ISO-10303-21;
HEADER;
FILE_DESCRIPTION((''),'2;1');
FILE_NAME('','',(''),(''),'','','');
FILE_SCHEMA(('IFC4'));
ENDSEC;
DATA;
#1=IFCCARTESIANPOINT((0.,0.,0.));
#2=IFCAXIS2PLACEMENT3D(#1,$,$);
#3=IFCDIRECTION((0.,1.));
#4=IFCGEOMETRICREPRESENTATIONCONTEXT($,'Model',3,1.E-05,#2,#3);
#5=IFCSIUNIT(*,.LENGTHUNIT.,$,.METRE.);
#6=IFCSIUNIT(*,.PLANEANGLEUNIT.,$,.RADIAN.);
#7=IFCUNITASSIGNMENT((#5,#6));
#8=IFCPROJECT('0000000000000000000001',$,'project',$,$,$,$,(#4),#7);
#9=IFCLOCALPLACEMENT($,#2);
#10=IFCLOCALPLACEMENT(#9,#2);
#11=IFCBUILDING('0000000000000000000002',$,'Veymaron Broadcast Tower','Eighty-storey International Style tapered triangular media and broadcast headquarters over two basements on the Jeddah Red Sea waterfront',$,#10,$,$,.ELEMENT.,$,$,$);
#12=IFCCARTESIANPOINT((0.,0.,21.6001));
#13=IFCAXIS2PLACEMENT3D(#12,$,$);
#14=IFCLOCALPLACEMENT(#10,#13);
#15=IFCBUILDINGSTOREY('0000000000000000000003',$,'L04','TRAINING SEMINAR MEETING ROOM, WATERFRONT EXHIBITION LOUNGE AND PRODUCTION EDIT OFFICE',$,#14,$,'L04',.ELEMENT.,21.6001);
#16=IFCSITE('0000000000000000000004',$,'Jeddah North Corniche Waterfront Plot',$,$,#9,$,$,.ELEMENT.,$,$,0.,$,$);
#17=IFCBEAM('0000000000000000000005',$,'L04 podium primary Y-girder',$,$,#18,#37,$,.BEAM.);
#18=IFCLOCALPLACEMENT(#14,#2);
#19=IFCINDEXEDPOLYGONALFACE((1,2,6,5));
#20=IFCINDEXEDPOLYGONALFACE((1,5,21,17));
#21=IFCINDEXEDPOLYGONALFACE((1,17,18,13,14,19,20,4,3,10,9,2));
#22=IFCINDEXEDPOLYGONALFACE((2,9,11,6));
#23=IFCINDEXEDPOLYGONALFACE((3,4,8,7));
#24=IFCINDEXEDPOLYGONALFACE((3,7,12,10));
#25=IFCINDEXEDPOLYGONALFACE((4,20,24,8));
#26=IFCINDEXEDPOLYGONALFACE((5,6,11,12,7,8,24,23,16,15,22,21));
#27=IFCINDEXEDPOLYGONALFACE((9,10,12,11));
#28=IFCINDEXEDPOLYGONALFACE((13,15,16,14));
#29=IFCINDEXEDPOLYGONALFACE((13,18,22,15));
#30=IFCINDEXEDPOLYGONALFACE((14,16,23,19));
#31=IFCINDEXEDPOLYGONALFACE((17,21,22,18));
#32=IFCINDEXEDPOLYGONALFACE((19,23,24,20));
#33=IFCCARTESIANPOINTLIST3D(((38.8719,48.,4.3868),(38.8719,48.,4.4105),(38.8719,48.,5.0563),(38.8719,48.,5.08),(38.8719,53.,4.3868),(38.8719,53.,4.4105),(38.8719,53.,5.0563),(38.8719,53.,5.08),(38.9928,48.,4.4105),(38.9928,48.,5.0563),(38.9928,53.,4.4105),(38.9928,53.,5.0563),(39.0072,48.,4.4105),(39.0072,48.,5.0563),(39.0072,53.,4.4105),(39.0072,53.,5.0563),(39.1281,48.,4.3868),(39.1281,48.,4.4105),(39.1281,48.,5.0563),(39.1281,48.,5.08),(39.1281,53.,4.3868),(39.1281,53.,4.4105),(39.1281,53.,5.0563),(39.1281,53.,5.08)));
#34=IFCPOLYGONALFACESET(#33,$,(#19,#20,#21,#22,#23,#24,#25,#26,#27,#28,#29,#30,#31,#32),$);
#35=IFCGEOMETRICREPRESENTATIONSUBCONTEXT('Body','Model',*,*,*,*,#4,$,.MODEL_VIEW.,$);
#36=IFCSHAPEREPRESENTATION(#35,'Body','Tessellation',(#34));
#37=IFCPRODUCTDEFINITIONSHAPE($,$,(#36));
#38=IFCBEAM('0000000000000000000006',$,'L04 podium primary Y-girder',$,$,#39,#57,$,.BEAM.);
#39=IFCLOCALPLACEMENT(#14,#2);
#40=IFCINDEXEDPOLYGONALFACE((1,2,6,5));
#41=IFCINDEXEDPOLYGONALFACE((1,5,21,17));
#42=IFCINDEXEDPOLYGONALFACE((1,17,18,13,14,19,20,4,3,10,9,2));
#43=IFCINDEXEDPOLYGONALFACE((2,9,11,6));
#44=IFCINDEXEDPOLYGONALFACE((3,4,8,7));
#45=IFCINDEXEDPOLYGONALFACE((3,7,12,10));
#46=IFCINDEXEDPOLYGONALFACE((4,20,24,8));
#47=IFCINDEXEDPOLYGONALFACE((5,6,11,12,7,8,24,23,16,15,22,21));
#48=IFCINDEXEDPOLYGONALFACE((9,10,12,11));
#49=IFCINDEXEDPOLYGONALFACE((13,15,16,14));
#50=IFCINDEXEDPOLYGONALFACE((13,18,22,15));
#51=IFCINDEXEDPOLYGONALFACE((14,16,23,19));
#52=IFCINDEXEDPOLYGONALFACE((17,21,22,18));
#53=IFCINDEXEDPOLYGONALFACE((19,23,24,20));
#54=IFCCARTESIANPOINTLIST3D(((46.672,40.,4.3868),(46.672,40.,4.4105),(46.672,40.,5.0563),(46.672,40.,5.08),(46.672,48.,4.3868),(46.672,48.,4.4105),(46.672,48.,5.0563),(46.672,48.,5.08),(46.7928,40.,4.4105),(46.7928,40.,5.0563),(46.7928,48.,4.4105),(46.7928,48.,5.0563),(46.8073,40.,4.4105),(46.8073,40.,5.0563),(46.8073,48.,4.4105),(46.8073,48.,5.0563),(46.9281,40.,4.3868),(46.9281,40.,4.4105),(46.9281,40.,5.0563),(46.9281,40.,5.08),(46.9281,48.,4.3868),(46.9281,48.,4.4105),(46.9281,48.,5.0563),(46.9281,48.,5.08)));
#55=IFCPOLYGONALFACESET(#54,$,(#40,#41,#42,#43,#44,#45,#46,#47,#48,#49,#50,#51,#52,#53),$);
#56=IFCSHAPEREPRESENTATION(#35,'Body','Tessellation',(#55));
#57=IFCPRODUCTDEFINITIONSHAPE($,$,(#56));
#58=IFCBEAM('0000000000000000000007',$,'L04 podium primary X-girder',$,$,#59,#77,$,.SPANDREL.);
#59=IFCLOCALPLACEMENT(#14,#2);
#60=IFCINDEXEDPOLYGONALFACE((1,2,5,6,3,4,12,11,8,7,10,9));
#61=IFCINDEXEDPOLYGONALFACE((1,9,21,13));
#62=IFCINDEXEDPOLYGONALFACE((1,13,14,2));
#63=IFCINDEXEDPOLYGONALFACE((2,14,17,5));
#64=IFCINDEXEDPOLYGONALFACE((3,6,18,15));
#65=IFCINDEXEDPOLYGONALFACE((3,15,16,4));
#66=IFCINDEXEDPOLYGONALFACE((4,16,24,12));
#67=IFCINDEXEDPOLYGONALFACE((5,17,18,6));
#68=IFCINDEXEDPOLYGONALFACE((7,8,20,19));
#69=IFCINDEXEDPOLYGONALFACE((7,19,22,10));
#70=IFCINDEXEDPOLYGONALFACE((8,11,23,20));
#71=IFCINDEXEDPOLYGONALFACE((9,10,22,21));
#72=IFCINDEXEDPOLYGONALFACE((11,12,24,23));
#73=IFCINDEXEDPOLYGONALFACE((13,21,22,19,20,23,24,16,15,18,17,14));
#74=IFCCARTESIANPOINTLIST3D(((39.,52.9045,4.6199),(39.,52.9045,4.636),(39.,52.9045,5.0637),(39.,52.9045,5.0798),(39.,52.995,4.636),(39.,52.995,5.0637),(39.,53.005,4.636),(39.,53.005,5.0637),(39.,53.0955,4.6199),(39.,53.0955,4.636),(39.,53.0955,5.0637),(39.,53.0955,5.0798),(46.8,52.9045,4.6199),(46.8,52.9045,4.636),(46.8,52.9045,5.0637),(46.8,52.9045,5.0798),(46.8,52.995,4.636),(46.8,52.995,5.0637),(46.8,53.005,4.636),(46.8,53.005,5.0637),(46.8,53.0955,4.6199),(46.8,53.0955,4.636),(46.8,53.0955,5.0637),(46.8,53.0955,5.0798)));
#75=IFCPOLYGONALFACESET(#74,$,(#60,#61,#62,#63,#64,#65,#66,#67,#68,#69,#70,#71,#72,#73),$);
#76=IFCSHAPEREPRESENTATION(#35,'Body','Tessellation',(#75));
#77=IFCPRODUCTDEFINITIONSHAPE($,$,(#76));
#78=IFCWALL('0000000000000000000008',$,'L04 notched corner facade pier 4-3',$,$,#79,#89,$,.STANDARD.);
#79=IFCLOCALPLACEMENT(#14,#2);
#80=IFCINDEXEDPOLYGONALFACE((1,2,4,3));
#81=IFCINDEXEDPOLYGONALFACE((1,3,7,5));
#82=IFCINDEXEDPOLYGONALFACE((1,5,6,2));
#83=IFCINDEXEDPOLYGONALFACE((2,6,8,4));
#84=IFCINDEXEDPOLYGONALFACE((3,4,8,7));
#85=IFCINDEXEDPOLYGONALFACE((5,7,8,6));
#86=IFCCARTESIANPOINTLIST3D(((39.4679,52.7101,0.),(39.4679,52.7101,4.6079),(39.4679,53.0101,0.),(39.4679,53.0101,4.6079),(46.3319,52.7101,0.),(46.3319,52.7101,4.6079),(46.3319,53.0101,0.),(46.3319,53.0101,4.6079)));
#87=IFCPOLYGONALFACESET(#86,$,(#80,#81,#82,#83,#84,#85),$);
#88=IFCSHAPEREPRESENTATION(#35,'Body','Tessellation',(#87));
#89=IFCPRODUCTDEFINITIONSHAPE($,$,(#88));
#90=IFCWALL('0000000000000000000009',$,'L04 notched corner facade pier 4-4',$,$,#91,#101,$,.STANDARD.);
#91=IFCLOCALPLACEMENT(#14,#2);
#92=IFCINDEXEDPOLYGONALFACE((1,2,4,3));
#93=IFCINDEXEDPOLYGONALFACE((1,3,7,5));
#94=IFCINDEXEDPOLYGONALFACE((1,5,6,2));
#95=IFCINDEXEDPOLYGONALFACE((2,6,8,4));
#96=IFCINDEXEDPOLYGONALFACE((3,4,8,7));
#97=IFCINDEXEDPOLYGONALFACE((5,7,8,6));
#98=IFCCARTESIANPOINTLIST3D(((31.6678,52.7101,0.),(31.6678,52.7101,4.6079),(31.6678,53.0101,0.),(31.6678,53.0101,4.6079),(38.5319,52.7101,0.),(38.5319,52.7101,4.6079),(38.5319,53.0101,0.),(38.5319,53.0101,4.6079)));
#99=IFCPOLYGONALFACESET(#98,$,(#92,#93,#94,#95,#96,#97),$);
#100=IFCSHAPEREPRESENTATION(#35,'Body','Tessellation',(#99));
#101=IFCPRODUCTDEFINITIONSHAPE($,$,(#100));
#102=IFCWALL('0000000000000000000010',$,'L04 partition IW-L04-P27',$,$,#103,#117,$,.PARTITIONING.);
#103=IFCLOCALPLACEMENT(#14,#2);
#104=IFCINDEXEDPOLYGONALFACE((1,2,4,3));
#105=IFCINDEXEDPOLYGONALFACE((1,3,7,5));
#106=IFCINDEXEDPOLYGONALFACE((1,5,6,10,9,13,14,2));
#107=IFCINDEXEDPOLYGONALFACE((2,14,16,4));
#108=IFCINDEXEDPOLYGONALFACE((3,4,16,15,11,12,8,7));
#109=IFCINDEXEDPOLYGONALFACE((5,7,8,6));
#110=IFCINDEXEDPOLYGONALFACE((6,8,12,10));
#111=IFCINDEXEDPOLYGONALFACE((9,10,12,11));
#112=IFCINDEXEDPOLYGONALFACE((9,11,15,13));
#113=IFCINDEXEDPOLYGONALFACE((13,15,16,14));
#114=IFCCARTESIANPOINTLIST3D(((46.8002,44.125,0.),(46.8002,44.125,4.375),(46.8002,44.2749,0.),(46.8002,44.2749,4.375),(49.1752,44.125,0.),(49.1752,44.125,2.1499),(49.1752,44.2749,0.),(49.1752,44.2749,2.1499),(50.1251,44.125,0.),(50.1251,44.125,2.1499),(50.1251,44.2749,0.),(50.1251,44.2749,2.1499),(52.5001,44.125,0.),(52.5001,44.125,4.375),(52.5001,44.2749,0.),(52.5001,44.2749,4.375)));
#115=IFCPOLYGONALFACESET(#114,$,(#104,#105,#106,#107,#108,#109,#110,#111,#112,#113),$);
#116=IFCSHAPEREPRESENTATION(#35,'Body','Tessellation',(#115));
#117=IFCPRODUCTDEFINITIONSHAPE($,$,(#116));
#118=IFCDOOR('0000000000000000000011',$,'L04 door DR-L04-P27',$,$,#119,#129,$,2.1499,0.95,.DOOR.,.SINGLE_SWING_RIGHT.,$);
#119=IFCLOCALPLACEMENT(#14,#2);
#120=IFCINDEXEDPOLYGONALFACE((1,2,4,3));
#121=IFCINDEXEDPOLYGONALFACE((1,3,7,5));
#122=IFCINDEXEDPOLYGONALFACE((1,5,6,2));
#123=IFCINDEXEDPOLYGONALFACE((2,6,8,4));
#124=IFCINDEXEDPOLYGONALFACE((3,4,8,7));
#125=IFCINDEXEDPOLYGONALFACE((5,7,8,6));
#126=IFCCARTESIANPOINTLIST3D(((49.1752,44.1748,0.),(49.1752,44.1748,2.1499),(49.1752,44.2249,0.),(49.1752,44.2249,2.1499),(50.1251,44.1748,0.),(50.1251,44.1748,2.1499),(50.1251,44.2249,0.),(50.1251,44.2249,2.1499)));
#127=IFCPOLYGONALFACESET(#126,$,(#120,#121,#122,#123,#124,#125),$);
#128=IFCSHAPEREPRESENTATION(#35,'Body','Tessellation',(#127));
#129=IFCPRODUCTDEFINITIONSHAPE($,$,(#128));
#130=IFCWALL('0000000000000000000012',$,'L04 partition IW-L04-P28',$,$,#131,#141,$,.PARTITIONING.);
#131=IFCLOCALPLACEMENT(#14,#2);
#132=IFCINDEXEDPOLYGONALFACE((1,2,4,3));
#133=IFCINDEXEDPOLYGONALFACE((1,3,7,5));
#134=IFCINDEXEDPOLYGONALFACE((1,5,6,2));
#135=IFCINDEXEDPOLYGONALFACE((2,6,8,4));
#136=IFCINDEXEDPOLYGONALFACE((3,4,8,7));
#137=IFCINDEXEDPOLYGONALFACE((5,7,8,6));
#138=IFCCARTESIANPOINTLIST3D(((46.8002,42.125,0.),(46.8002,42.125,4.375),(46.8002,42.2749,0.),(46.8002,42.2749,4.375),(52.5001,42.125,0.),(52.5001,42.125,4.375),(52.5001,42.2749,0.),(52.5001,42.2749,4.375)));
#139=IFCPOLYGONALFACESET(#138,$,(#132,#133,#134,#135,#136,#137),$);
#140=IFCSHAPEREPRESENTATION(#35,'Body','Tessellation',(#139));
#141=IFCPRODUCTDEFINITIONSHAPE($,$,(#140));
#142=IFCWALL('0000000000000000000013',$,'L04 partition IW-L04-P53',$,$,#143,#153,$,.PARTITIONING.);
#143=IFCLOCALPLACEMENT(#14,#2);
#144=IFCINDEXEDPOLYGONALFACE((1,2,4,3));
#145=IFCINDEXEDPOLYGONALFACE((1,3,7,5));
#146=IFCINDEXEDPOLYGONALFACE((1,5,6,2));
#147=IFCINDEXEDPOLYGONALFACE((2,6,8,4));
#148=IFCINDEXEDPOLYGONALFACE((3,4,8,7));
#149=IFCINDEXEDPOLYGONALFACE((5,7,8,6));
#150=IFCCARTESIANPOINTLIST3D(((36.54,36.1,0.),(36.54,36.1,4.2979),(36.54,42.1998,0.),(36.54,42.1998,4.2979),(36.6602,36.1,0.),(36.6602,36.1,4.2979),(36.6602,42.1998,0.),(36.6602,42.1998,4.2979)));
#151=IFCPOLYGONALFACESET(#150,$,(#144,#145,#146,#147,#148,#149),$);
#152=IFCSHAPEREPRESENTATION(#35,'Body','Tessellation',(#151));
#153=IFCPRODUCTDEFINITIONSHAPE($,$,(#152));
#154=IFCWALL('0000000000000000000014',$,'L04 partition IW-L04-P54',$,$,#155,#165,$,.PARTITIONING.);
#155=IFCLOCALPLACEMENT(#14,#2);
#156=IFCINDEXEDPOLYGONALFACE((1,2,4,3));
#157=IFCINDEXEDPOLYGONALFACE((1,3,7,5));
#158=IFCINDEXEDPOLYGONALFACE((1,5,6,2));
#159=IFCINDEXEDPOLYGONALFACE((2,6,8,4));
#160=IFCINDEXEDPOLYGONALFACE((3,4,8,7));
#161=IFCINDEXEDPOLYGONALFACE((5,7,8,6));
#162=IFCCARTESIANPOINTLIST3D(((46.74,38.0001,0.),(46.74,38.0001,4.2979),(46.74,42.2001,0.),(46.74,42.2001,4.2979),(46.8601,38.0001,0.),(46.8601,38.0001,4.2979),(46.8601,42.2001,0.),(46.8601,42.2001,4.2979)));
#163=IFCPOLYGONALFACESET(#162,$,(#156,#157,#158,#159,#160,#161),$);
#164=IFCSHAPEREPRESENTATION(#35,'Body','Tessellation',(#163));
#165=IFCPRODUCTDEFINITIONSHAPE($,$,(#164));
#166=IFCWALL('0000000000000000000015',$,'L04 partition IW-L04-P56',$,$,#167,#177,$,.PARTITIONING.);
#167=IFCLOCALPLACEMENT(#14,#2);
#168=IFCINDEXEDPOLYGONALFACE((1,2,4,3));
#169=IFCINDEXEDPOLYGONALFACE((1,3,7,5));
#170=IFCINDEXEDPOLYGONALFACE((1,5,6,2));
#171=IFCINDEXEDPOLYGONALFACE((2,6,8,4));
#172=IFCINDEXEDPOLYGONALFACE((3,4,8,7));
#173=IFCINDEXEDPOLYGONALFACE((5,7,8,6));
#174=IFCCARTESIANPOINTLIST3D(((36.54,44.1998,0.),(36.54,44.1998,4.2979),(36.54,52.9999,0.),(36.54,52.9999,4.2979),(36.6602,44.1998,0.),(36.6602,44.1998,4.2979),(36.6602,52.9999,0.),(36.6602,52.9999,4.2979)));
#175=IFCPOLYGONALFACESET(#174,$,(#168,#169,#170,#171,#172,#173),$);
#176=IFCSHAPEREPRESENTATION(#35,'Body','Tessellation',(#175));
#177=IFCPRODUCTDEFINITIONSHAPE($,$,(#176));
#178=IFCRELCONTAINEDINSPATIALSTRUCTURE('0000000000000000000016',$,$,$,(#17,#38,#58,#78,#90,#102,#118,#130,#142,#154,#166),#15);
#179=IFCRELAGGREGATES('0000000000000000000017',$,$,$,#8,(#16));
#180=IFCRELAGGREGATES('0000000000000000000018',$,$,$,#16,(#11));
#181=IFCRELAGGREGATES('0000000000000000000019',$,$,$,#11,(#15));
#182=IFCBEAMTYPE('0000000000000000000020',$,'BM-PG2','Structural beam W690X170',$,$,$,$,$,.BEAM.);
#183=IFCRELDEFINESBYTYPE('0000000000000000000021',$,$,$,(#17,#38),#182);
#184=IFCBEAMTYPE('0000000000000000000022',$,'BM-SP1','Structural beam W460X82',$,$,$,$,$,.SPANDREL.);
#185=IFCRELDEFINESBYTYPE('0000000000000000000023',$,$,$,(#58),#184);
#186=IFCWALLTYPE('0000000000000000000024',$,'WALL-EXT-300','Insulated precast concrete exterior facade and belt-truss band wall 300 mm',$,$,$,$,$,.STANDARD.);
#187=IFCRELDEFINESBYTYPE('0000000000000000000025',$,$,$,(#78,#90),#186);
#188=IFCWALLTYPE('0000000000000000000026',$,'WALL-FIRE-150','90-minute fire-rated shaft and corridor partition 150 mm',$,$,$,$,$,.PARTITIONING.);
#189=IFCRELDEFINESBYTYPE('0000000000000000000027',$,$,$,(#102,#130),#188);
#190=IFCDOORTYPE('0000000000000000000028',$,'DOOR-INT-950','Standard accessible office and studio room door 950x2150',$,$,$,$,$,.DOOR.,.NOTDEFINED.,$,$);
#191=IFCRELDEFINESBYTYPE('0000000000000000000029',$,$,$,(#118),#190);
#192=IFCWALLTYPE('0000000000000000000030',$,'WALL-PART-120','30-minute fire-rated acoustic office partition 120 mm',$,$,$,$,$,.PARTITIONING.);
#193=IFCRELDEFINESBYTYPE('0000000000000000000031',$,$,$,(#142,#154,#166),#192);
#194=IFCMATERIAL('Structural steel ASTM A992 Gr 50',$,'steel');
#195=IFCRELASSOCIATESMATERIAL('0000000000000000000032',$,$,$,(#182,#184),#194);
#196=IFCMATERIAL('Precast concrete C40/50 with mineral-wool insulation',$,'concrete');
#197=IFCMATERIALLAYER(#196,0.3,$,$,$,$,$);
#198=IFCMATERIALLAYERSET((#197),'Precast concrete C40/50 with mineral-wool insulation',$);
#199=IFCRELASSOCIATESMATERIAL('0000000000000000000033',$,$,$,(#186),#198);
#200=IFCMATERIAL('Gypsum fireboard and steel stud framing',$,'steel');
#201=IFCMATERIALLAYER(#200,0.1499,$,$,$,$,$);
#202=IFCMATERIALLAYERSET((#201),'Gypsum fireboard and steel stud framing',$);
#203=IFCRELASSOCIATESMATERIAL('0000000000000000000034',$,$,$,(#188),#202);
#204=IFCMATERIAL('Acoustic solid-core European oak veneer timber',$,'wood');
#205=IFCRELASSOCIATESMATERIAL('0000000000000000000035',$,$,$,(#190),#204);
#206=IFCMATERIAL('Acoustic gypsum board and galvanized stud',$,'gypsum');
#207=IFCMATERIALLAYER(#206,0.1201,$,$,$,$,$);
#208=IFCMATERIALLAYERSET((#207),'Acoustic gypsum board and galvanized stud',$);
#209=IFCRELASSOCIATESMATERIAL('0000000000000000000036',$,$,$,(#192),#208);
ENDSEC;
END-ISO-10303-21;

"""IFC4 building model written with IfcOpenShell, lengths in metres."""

from ifc_helpers import new_model, si_unit, direction, frame, frame_2d, origin, origin_2d, place, context, subcontext, project, spatial, rectangle, i_section, extrude, material, layer, layer_set, material_profile, profile_set, type_object, element, fill, save


model = new_model("IFC4")

# Units and contexts
model_context = context("Model", 3, precision=1e-05, world=origin(), true_north=direction((0.0, 1.0)))
body_context = subcontext(model_context, "Body", "Model", "MODEL_VIEW")
ifc_project = project(units=[si_unit("LENGTHUNIT", "METRE"), si_unit("PLANEANGLEUNIT", "RADIAN")], contexts=[model_context])

# Site, building, storey
site_placement = place(None, origin())
site = spatial("IfcSite", under=ifc_project, at=site_placement, Name="Jeddah North Corniche Waterfront Plot", CompositionType="ELEMENT", RefElevation=0.0)
building_placement = place(site_placement, origin())
building = spatial("IfcBuilding", under=site, at=building_placement, Name="Veymaron Broadcast Tower", Description="Eighty-storey International Style tapered triangular media and broadcast headquarters over two basements on the Jeddah Red Sea waterfront", CompositionType="ELEMENT")
storey_placement = place(building_placement, frame((0.0, 0.0, 21.6001)))
storey = spatial("IfcBuildingStorey", under=building, at=storey_placement, Name="L04", Description="TRAINING SEMINAR MEETING ROOM, WATERFRONT EXHIBITION LOUNGE AND PRODUCTION EDIT OFFICE", LongName="L04", CompositionType="ELEMENT", Elevation=21.6001)

# Beams
ifc_material_1 = material(Name="Structural steel ASTM A992 Gr 50", Category="steel")
ifc_material_profile_1 = material_profile(ifc_material_1, i_section(OverallWidth=0.2561, OverallDepth=0.6931, WebThickness=0.0144, FlangeThickness=0.0237, at=origin_2d()), Name="W690X170")
ifc_profile_set_1 = profile_set([ifc_material_profile_1], Name="Structural steel ASTM A992 Gr 50")
beam_type_1 = type_object("IfcBeamType", Name="BM-PG2", Description="Structural beam W690X170", PredefinedType="BEAM", material=ifc_profile_set_1)
beam_1_placement = place(storey_placement, frame((39.0, 48.0, 4.7334), z_axis=(0.0, 1.0, 0.0), x_axis=(-1.0, 0.0, 0.0)))
element("IfcBeam", 1, at=beam_1_placement, inside=storey, type_object=beam_type_1, Name="L04 podium primary Y-girder", PredefinedType="BEAM", context=body_context, shape_type="SweptSolid", body=[
    extrude(i_section(OverallWidth=0.2561, OverallDepth=0.6931, WebThickness=0.0144, FlangeThickness=0.0237, at=origin_2d()), origin(), (0.0, 0.0, 1.0), 5.0),
])
beam_2_placement = place(storey_placement, frame((46.8, 40.0, 4.7334), z_axis=(0.0, 1.0, 0.0), x_axis=(-1.0, 0.0, 0.0)))
element("IfcBeam", 2, at=beam_2_placement, inside=storey, type_object=beam_type_1, Name="L04 podium primary Y-girder", PredefinedType="BEAM", context=body_context, shape_type="SweptSolid", body=[
    extrude(i_section(OverallWidth=0.2561, OverallDepth=0.6931, WebThickness=0.0144, FlangeThickness=0.0237, at=origin_2d()), origin(), (0.0, 0.0, 1.0), 8.0),
])
ifc_material_profile_2 = material_profile(ifc_material_1, i_section(OverallWidth=0.1909, OverallDepth=0.46, WebThickness=0.01, FlangeThickness=0.0161, at=origin_2d()), Name="W460X82")
ifc_profile_set_2 = profile_set([ifc_material_profile_2], Name="Structural steel ASTM A992 Gr 50")
beam_type_2 = type_object("IfcBeamType", Name="BM-SP1", Description="Structural beam W460X82", PredefinedType="SPANDREL", material=ifc_profile_set_2)
beam_3_placement = place(storey_placement, frame((39.0, 53.0, 4.8499), z_axis=(1.0, 0.0, 0.0), x_axis=(0.0, 1.0, 0.0)))
element("IfcBeam", 3, at=beam_3_placement, inside=storey, type_object=beam_type_2, Name="L04 podium primary X-girder", PredefinedType="SPANDREL", context=body_context, shape_type="SweptSolid", body=[
    extrude(i_section(OverallWidth=0.1909, OverallDepth=0.46, WebThickness=0.01, FlangeThickness=0.0161, at=origin_2d()), origin(), (0.0, 0.0, 1.0), 7.8),
])

# Walls
ifc_material_2 = material(Name="Precast concrete C40/50 with mineral-wool insulation", Category="concrete")
ifc_layer_1 = layer(ifc_material_2, 0.3)
ifc_layer_set_1 = layer_set([ifc_layer_1], Name="Precast concrete C40/50 with mineral-wool insulation")
wall_type_1 = type_object("IfcWallType", Name="WALL-EXT-300", Description="Insulated precast concrete exterior facade and belt-truss band wall 300 mm", PredefinedType="STANDARD", material=ifc_layer_set_1)
for number, where, z_axis, x_axis, name in (
    (4, (46.332, 52.8601, 0.0), (0.0, 0.0, 1.0), (-1.0, 0.0, 0.0), "L04 notched corner facade pier 4-3"),
    (5, (38.532, 52.8601, 0.0), (0.0, 0.0, 1.0), (-1.0, 0.0, 0.0), "L04 notched corner facade pier 4-4"),
):
    element("IfcWall", number, at=place(storey_placement, frame(where, z_axis=z_axis, x_axis=x_axis)), inside=storey, type_object=wall_type_1, Name=name, PredefinedType="STANDARD", context=body_context, shape_type="SweptSolid", body=[
        extrude(rectangle(XDim=6.864, YDim=0.3, at=frame_2d((3.4321, 0.0))), origin(), (0.0, 0.0, 1.0), 4.6079),
    ])

# Wall, opening, door
ifc_material_3 = material(Name="Gypsum fireboard and steel stud framing", Category="steel")
ifc_layer_2 = layer(ifc_material_3, 0.1499)
ifc_layer_set_2 = layer_set([ifc_layer_2], Name="Gypsum fireboard and steel stud framing")
wall_type_2 = type_object("IfcWallType", Name="WALL-FIRE-150", Description="90-minute fire-rated shaft and corridor partition 150 mm", PredefinedType="PARTITIONING", material=ifc_layer_set_2)
wall_1_placement = place(storey_placement, frame((46.8, 44.2, 0.0), z_axis=(0.0, 0.0, 1.0), x_axis=(1.0, 0.0, 0.0)))
wall_1 = element("IfcWall", 6, at=wall_1_placement, inside=storey, type_object=wall_type_2, Name="L04 partition IW-L04-P27", PredefinedType="PARTITIONING", context=body_context, shape_type="SweptSolid", body=[
    extrude(rectangle(XDim=5.7, YDim=0.1499, at=frame_2d((2.8501, 0.0))), origin(), (0.0, 0.0, 1.0), 4.375),
])
opening_placement = place(wall_1_placement, frame((2.375, 0.0, 0.0)))
opening = element("IfcOpeningElement", 7, at=opening_placement, cuts=wall_1, PredefinedType="OPENING", context=body_context, shape_type="SweptSolid", body=[
    extrude(rectangle(XDim=0.95, YDim=2.1499, at=frame_2d((0.4751, 1.075))), frame((0.0, 0.085, 0.0), z_axis=(0.0, -1.0, 0.0), x_axis=(1.0, 0.0, 0.0)), (0.0, 0.0, 1.0), 0.1699),
])
ifc_material_4 = material(Name="Acoustic solid-core European oak veneer timber", Category="wood")
door_type = type_object("IfcDoorType", Name="DOOR-INT-950", Description="Standard accessible office and studio room door 950x2150", OperationType="NOTDEFINED", PredefinedType="DOOR", material=ifc_material_4)
door_placement = place(opening_placement, origin())
door = element("IfcDoor", 8, at=door_placement, inside=storey, type_object=door_type, Name="L04 door DR-L04-P27", OperationType="SINGLE_SWING_RIGHT", OverallHeight=2.1499, OverallWidth=0.95, PredefinedType="DOOR", context=body_context, shape_type="SweptSolid", body=[
    extrude(rectangle(XDim=0.95, YDim=2.1499, at=frame_2d((0.4751, 1.075))), frame((0.0, 0.0249, 0.0), z_axis=(0.0, -1.0, 0.0), x_axis=(1.0, 0.0, 0.0)), (0.0, 0.0, 1.0), 0.05),
])
fill(opening, door)

# Walls
wall_2_placement = place(storey_placement, frame((46.8, 42.2, 0.0), z_axis=(0.0, 0.0, 1.0), x_axis=(1.0, 0.0, 0.0)))
element("IfcWall", 9, at=wall_2_placement, inside=storey, type_object=wall_type_2, Name="L04 partition IW-L04-P28", PredefinedType="PARTITIONING", context=body_context, shape_type="SweptSolid", body=[
    extrude(rectangle(XDim=5.7, YDim=0.1499, at=frame_2d((2.8501, 0.0))), origin(), (0.0, 0.0, 1.0), 4.375),
])
ifc_material_5 = material(Name="Acoustic gypsum board and galvanized stud", Category="gypsum")
ifc_layer_3 = layer(ifc_material_5, 0.1201)
ifc_layer_set_3 = layer_set([ifc_layer_3], Name="Acoustic gypsum board and galvanized stud")
wall_type_3 = type_object("IfcWallType", Name="WALL-PART-120", Description="30-minute fire-rated acoustic office partition 120 mm", PredefinedType="PARTITIONING", material=ifc_layer_set_3)
wall_3_placement = place(storey_placement, frame((36.6001, 36.1001, 0.0), z_axis=(0.0, 0.0, 1.0), x_axis=(0.0, 1.0, 0.0)))
element("IfcWall", 10, at=wall_3_placement, inside=storey, type_object=wall_type_3, Name="L04 partition IW-L04-P53", PredefinedType="PARTITIONING", context=body_context, shape_type="SweptSolid", body=[
    extrude(rectangle(XDim=6.0999, YDim=0.1201, at=frame_2d((3.0498, 0.0))), origin(), (0.0, 0.0, 1.0), 4.2979),
])
wall_4_placement = place(storey_placement, frame((46.8, 38.0, 0.0), z_axis=(0.0, 0.0, 1.0), x_axis=(0.0, 1.0, 0.0)))
element("IfcWall", 11, at=wall_4_placement, inside=storey, type_object=wall_type_3, Name="L04 partition IW-L04-P54", PredefinedType="PARTITIONING", context=body_context, shape_type="SweptSolid", body=[
    extrude(rectangle(XDim=4.2, YDim=0.1201, at=frame_2d((2.1001, 0.0))), origin(), (0.0, 0.0, 1.0), 4.2979),
])
wall_5_placement = place(storey_placement, frame((36.6001, 44.2, 0.0), z_axis=(0.0, 0.0, 1.0), x_axis=(0.0, 1.0, 0.0)))
element("IfcWall", 12, at=wall_5_placement, inside=storey, type_object=wall_type_3, Name="L04 partition IW-L04-P56", PredefinedType="PARTITIONING", context=body_context, shape_type="SweptSolid", body=[
    extrude(rectangle(XDim=8.8, YDim=0.1201, at=frame_2d((4.3999, 0.0))), origin(), (0.0, 0.0, 1.0), 4.2979),
])

save(model, "model.ifc")
